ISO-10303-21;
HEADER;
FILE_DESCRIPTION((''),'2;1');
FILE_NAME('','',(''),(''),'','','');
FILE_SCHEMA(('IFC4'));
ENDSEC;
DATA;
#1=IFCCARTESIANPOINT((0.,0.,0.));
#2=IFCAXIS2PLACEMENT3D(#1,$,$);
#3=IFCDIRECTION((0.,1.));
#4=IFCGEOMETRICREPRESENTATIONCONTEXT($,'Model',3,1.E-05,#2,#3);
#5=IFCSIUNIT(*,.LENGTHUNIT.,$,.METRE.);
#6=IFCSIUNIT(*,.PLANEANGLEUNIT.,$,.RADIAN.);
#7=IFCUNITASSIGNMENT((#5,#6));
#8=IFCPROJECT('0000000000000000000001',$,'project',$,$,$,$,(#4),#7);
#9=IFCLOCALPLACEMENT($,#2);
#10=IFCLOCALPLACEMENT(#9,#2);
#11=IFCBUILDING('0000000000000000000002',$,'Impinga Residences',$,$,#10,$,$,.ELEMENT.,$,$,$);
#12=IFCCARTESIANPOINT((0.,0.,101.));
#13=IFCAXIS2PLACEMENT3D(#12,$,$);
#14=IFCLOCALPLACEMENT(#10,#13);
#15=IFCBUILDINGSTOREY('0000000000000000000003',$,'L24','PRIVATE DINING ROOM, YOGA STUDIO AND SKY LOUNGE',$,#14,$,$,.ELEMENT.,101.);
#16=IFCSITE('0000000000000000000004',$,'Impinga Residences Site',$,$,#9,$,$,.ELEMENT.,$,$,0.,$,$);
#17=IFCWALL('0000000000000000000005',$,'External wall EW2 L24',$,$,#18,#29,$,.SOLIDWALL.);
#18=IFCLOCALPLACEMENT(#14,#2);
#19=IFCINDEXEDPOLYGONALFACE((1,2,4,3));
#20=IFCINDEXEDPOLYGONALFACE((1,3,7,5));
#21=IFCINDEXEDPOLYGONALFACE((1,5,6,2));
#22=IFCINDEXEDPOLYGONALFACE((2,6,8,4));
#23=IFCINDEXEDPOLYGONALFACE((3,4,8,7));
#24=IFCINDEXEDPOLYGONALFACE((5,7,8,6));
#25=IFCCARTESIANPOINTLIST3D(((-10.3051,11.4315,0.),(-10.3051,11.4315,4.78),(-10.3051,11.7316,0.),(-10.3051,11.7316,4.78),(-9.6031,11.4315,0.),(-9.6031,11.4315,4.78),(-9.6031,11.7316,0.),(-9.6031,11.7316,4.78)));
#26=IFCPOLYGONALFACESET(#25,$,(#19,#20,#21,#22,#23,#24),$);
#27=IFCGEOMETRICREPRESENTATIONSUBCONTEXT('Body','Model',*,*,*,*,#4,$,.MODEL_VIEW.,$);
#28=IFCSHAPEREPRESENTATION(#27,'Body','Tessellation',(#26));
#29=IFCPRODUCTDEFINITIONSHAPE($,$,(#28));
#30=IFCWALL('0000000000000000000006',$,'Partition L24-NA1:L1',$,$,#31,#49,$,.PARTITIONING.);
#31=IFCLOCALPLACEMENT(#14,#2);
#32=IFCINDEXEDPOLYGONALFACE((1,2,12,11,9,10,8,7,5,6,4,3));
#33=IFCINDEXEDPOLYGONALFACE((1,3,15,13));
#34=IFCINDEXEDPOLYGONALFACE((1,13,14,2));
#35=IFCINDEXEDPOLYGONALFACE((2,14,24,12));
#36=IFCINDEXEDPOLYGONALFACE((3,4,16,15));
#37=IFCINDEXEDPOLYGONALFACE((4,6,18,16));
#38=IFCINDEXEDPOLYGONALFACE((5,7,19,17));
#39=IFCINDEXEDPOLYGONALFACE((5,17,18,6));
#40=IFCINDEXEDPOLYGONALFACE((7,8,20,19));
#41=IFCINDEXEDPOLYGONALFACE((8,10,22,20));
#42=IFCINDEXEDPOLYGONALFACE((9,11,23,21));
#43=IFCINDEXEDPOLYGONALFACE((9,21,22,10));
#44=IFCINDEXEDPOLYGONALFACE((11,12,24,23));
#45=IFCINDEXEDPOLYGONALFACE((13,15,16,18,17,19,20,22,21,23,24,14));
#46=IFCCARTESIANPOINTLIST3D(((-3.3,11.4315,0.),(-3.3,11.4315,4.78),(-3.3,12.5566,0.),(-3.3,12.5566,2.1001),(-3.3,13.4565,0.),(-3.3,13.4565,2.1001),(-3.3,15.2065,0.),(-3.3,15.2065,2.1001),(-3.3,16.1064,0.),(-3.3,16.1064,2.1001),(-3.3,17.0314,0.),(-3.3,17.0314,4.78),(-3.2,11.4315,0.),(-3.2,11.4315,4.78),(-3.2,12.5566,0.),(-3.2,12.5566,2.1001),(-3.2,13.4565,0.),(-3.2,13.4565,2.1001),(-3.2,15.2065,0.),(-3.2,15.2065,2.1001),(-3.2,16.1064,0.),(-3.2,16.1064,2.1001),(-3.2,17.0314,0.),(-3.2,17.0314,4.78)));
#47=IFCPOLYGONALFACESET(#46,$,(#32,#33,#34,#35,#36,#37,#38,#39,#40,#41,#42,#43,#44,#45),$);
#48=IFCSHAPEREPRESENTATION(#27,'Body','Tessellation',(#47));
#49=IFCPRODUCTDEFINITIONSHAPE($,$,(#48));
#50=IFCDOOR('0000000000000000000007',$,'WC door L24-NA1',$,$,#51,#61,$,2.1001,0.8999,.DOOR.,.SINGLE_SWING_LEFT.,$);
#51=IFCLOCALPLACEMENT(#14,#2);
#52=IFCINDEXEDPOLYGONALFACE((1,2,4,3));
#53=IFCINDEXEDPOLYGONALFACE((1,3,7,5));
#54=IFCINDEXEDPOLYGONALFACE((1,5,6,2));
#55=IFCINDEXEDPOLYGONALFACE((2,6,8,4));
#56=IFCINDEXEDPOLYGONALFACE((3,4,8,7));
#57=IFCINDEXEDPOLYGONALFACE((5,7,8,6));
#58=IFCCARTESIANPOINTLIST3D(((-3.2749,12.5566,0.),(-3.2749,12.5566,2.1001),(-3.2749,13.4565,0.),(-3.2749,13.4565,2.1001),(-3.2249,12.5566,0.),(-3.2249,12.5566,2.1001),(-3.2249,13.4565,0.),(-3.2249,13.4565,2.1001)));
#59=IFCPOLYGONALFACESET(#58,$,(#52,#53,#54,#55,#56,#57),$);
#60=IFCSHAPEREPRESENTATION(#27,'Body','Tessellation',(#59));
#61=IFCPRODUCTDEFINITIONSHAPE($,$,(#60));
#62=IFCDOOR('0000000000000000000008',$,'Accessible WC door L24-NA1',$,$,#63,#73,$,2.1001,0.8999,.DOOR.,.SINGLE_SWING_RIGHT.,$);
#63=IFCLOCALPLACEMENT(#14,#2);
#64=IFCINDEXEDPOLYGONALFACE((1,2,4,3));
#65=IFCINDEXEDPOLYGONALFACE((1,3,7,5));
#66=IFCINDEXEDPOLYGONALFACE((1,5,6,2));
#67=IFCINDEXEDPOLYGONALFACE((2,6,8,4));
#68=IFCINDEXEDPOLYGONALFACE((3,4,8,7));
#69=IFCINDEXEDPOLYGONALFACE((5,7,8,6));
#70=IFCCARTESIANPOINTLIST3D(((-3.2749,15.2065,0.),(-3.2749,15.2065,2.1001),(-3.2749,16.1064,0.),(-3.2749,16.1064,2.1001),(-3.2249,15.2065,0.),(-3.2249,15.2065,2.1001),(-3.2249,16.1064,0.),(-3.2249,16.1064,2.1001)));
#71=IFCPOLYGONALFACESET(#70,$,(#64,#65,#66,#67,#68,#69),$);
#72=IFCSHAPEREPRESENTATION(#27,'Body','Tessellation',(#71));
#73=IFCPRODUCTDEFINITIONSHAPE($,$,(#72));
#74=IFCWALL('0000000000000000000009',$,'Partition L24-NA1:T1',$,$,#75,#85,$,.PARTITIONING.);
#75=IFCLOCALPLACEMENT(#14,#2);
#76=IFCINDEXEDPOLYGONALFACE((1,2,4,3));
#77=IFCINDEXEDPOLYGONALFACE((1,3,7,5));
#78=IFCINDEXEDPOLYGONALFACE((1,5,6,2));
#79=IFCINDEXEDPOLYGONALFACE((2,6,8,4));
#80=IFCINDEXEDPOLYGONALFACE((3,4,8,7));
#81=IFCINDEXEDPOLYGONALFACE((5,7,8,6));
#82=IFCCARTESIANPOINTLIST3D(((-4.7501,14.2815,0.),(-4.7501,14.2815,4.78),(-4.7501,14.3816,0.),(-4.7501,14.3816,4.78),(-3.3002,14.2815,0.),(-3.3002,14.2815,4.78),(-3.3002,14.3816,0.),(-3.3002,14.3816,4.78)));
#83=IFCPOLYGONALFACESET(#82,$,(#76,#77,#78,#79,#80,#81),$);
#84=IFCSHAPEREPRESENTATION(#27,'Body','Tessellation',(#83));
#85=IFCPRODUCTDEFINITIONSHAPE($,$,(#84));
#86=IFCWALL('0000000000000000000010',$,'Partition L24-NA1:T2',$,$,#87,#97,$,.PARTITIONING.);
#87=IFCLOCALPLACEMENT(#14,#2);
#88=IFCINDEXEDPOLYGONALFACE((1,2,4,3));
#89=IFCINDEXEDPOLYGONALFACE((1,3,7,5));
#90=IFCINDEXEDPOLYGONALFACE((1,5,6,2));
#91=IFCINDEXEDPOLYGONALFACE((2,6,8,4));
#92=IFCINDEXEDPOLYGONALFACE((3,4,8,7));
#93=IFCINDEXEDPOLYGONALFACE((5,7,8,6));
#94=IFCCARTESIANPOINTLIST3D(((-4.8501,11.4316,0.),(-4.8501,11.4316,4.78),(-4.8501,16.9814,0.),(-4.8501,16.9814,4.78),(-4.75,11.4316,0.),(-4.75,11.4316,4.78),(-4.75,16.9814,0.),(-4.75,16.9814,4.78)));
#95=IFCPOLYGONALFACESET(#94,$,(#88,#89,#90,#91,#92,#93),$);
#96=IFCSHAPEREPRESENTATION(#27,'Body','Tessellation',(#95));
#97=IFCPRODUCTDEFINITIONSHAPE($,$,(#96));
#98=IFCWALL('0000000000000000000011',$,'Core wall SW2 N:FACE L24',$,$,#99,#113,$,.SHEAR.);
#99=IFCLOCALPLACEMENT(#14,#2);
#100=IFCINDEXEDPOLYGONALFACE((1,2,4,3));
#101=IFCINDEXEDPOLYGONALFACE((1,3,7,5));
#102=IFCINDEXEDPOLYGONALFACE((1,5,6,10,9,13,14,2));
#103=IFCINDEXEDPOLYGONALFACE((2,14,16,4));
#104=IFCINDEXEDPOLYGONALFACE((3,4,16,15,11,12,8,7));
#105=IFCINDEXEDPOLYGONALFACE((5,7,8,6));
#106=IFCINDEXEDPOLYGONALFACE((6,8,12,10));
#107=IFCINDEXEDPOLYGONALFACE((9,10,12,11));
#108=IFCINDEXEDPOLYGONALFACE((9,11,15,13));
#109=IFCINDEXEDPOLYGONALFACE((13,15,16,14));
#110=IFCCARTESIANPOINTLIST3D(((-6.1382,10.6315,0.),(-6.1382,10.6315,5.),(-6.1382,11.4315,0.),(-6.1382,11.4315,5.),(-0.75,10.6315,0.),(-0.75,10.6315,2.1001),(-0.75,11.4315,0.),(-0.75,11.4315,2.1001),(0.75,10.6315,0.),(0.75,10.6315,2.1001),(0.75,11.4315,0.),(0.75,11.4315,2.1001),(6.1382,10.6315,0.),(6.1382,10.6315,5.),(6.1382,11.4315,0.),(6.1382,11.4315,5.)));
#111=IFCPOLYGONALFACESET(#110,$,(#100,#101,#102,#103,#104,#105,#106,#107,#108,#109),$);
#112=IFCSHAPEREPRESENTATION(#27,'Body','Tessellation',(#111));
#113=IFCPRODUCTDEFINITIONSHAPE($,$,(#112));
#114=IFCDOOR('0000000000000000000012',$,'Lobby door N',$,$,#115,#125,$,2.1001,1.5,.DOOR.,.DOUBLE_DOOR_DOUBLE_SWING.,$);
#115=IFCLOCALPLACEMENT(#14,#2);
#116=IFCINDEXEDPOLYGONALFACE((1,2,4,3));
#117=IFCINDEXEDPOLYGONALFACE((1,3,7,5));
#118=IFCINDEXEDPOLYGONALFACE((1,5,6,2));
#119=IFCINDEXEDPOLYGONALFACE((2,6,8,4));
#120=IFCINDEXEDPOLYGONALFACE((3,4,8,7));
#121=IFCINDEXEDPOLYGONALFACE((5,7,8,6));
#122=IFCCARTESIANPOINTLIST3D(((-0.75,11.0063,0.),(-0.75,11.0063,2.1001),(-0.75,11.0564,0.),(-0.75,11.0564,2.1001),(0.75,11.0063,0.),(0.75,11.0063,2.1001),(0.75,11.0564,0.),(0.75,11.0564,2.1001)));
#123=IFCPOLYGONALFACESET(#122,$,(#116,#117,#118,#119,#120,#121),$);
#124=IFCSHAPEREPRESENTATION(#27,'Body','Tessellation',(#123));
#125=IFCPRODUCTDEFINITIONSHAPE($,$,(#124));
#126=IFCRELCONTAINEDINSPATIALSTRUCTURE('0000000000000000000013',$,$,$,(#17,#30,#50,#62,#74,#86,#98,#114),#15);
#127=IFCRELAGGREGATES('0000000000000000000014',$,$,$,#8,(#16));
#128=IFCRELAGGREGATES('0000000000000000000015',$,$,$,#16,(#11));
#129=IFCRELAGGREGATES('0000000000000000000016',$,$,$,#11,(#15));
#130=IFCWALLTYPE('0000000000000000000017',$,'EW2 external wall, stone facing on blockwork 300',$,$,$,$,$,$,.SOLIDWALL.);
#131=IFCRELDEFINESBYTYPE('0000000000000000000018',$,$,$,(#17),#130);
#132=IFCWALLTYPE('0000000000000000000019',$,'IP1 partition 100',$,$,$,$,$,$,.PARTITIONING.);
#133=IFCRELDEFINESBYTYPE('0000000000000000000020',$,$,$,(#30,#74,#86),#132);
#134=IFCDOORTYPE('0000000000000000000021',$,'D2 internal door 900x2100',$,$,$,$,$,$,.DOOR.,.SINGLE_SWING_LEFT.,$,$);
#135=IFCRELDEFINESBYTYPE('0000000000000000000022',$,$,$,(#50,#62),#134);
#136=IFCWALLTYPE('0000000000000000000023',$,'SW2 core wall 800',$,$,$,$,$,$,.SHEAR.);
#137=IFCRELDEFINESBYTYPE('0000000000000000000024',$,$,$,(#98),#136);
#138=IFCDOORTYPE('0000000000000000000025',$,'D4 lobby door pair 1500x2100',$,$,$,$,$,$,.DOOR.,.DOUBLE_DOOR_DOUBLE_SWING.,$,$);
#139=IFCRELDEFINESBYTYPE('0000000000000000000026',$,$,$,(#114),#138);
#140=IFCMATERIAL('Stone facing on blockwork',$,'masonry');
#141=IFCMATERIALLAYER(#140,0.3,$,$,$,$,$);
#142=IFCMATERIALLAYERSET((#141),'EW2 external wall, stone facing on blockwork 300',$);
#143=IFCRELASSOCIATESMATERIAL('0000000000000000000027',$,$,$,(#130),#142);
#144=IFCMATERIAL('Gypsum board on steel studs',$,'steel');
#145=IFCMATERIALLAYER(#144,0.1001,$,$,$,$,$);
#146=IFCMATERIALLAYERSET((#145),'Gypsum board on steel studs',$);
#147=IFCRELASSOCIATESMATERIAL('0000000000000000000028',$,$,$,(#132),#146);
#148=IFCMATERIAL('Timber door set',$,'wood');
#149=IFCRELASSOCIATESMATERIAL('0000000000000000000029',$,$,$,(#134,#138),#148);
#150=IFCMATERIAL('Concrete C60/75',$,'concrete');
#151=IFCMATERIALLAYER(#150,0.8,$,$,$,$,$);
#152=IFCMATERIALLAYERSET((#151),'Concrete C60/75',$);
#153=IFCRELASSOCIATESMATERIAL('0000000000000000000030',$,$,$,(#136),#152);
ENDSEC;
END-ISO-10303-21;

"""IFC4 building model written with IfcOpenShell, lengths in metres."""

from ifc_helpers import new_model, si_unit, direction, frame, frame_2d, origin, place, context, subcontext, project, spatial, rectangle, extrude, material, layer, layer_set, type_object, element, fill, save


model = new_model("IFC4")

# Units and contexts
model_context = context("Model", 3, precision=1e-05, world=origin(), true_north=direction((0.0, 1.0)))
body_context = subcontext(model_context, "Body", "Model", "MODEL_VIEW")
ifc_project = project(units=[si_unit("LENGTHUNIT", "METRE"), si_unit("PLANEANGLEUNIT", "RADIAN")], contexts=[model_context])

# Site, building, storey
site_placement = place(None, origin())
site = spatial("IfcSite", under=ifc_project, at=site_placement, Name="Impinga Residences Site", CompositionType="ELEMENT", RefElevation=0.0)
building_placement = place(site_placement, origin())
building = spatial("IfcBuilding", under=site, at=building_placement, Name="Impinga Residences", CompositionType="ELEMENT")
storey_placement = place(building_placement, frame((0.0, 0.0, 101.0)))
storey = spatial("IfcBuildingStorey", under=building, at=storey_placement, Name="L24", Description="PRIVATE DINING ROOM, YOGA STUDIO AND SKY LOUNGE", CompositionType="ELEMENT", Elevation=101.0)

# Shared definitions
ifc_material_1 = material(Name="Concrete C60/75", Category="concrete")

# Shared definitions
ifc_material_2 = material(Name="Timber door set", Category="wood")

# Wall
ifc_material_3 = material(Name="Stone facing on blockwork", Category="masonry")
ifc_layer_1 = layer(ifc_material_3, 0.3)
ifc_layer_set_1 = layer_set([ifc_layer_1], Name="EW2 external wall, stone facing on blockwork 300")
wall_type_1 = type_object("IfcWallType", Name="EW2 external wall, stone facing on blockwork 300", PredefinedType="SOLIDWALL", material=ifc_layer_set_1)
wall_1_placement = place(storey_placement, frame((-9.603, 11.5815, 0.0), z_axis=(0.0, 0.0, 1.0), x_axis=(-1.0, 0.0, 0.0)))
element("IfcWall", 1, at=wall_1_placement, inside=storey, type_object=wall_type_1, Name="External wall EW2 L24", PredefinedType="SOLIDWALL", context=body_context, shape_type="SweptSolid", body=[
    extrude(rectangle(XDim=0.7019, YDim=0.3, at=frame_2d((0.3511, 0.0))), origin(), (0.0, 0.0, 1.0), 4.78),
])

# Wall, openings, doors
ifc_material_4 = material(Name="Gypsum board on steel studs", Category="steel")
ifc_layer_2 = layer(ifc_material_4, 0.1001)
ifc_layer_set_2 = layer_set([ifc_layer_2], Name="Gypsum board on steel studs")
wall_type_2 = type_object("IfcWallType", Name="IP1 partition 100", PredefinedType="PARTITIONING", material=ifc_layer_set_2)
wall_2_placement = place(storey_placement, frame((-3.25, 11.4316, 0.0), z_axis=(0.0, 0.0, 1.0), x_axis=(0.0, 1.0, 0.0)))
wall_2 = element("IfcWall", 2, at=wall_2_placement, inside=storey, type_object=wall_type_2, Name="Partition L24-NA1:L1", PredefinedType="PARTITIONING", context=body_context, shape_type="SweptSolid", body=[
    extrude(rectangle(XDim=5.5999, YDim=0.1001, at=frame_2d((2.7998, 0.0))), origin(), (0.0, 0.0, 1.0), 4.78),
])
opening_1_placement = place(wall_2_placement, frame((1.125, 0.0, 0.0)))
opening_1 = element("IfcOpeningElement", 3, at=opening_1_placement, cuts=wall_2, PredefinedType="OPENING", context=body_context, shape_type="SweptSolid", body=[
    extrude(rectangle(XDim=0.8999, YDim=2.1001, at=frame_2d((0.45, 1.05))), frame((0.0, 0.0601, 0.0), z_axis=(0.0, -1.0, 0.0), x_axis=(1.0, 0.0, 0.0)), (0.0, 0.0, 1.0), 0.1201),
])
opening_2_placement = place(wall_2_placement, frame((3.7749, 0.0, 0.0)))
opening_2 = element("IfcOpeningElement", 4, at=opening_2_placement, cuts=wall_2, PredefinedType="OPENING", context=body_context, shape_type="SweptSolid", body=[
    extrude(rectangle(XDim=0.8999, YDim=2.1001, at=frame_2d((0.45, 1.05))), frame((0.0, 0.0601, 0.0), z_axis=(0.0, -1.0, 0.0), x_axis=(1.0, 0.0, 0.0)), (0.0, 0.0, 1.0), 0.1201),
])
door_type_1 = type_object("IfcDoorType", Name="D2 internal door 900x2100", OperationType="SINGLE_SWING_LEFT", PredefinedType="DOOR", material=ifc_material_2)
door_1_placement = place(opening_1_placement, origin())
door_1 = element("IfcDoor", 5, at=door_1_placement, inside=storey, type_object=door_type_1, Name="WC door L24-NA1", OperationType="SINGLE_SWING_LEFT", OverallHeight=2.1001, OverallWidth=0.8999, PredefinedType="DOOR", context=body_context, shape_type="SweptSolid", body=[
    extrude(rectangle(XDim=0.8999, YDim=2.1001, at=frame_2d((0.45, 1.05))), frame((0.0, 0.0249, 0.0), z_axis=(0.0, -1.0, 0.0), x_axis=(1.0, 0.0, 0.0)), (0.0, 0.0, 1.0), 0.05),
])
fill(opening_1, door_1)
door_2_placement = place(opening_2_placement, origin())
door_2 = element("IfcDoor", 6, at=door_2_placement, inside=storey, type_object=door_type_1, Name="Accessible WC door L24-NA1", OperationType="SINGLE_SWING_RIGHT", OverallHeight=2.1001, OverallWidth=0.8999, PredefinedType="DOOR", context=body_context, shape_type="SweptSolid", body=[
    extrude(rectangle(XDim=0.8999, YDim=2.1001, at=frame_2d((0.45, 1.05))), frame((0.0, 0.0249, 0.0), z_axis=(0.0, -1.0, 0.0), x_axis=(1.0, 0.0, 0.0)), (0.0, 0.0, 1.0), 0.05),
])
fill(opening_2, door_2)

# Walls
wall_3_placement = place(storey_placement, frame((-3.3, 14.3315, 0.0), z_axis=(0.0, 0.0, 1.0), x_axis=(-1.0, 0.0, 0.0)))
element("IfcWall", 7, at=wall_3_placement, inside=storey, type_object=wall_type_2, Name="Partition L24-NA1:T1", PredefinedType="PARTITIONING", context=body_context, shape_type="SweptSolid", body=[
    extrude(rectangle(XDim=1.45, YDim=0.1001, at=frame_2d((0.7251, 0.0))), origin(), (0.0, 0.0, 1.0), 4.78),
])
wall_4_placement = place(storey_placement, frame((-4.8, 11.4316, 0.0), z_axis=(0.0, 0.0, 1.0), x_axis=(0.0, 1.0, 0.0)))
element("IfcWall", 8, at=wall_4_placement, inside=storey, type_object=wall_type_2, Name="Partition L24-NA1:T2", PredefinedType="PARTITIONING", context=body_context, shape_type="SweptSolid", body=[
    extrude(rectangle(XDim=5.5498, YDim=0.1001, at=frame_2d((2.7749, 0.0))), origin(), (0.0, 0.0, 1.0), 4.78),
])

# Wall, opening, door
ifc_layer_3 = layer(ifc_material_1, 0.8)
ifc_layer_set_3 = layer_set([ifc_layer_3], Name="Concrete C60/75")
wall_type_3 = type_object("IfcWallType", Name="SW2 core wall 800", PredefinedType="SHEAR", material=ifc_layer_set_3)
wall_5_placement = place(storey_placement, frame((-6.1382, 11.0315, 0.0), z_axis=(0.0, 0.0, 1.0), x_axis=(1.0, 0.0, 0.0)))
wall_5 = element("IfcWall", 9, at=wall_5_placement, inside=storey, type_object=wall_type_3, Name="Core wall SW2 N:FACE L24", PredefinedType="SHEAR", context=body_context, shape_type="SweptSolid", body=[
    extrude(rectangle(XDim=12.2764, YDim=0.8, at=frame_2d((6.1382, 0.0))), origin(), (0.0, 0.0, 1.0), 5.0),
])
opening_3_placement = place(wall_5_placement, frame((5.3882, 0.0, 0.0)))
opening_3 = element("IfcOpeningElement", 10, at=opening_3_placement, cuts=wall_5, PredefinedType="OPENING", context=body_context, shape_type="SweptSolid", body=[
    extrude(rectangle(XDim=1.5, YDim=2.1001, at=frame_2d((0.75, 1.05))), frame((0.0, 0.4099, 0.0), z_axis=(0.0, -1.0, 0.0), x_axis=(1.0, 0.0, 0.0)), (0.0, 0.0, 1.0), 0.8201),
])
door_type_2 = type_object("IfcDoorType", Name="D4 lobby door pair 1500x2100", OperationType="DOUBLE_DOOR_DOUBLE_SWING", PredefinedType="DOOR", material=ifc_material_2)
door_3_placement = place(opening_3_placement, origin())
door_3 = element("IfcDoor", 11, at=door_3_placement, inside=storey, type_object=door_type_2, Name="Lobby door N", OperationType="DOUBLE_DOOR_DOUBLE_SWING", OverallHeight=2.1001, OverallWidth=1.5, PredefinedType="DOOR", context=body_context, shape_type="SweptSolid", body=[
    extrude(rectangle(XDim=1.5, YDim=2.1001, at=frame_2d((0.75, 1.05))), frame((0.0, 0.0249, 0.0), z_axis=(0.0, -1.0, 0.0), x_axis=(1.0, 0.0, 0.0)), (0.0, 0.0, 1.0), 0.05),
])
fill(opening_3, door_3)

save(model, "model.ifc")
